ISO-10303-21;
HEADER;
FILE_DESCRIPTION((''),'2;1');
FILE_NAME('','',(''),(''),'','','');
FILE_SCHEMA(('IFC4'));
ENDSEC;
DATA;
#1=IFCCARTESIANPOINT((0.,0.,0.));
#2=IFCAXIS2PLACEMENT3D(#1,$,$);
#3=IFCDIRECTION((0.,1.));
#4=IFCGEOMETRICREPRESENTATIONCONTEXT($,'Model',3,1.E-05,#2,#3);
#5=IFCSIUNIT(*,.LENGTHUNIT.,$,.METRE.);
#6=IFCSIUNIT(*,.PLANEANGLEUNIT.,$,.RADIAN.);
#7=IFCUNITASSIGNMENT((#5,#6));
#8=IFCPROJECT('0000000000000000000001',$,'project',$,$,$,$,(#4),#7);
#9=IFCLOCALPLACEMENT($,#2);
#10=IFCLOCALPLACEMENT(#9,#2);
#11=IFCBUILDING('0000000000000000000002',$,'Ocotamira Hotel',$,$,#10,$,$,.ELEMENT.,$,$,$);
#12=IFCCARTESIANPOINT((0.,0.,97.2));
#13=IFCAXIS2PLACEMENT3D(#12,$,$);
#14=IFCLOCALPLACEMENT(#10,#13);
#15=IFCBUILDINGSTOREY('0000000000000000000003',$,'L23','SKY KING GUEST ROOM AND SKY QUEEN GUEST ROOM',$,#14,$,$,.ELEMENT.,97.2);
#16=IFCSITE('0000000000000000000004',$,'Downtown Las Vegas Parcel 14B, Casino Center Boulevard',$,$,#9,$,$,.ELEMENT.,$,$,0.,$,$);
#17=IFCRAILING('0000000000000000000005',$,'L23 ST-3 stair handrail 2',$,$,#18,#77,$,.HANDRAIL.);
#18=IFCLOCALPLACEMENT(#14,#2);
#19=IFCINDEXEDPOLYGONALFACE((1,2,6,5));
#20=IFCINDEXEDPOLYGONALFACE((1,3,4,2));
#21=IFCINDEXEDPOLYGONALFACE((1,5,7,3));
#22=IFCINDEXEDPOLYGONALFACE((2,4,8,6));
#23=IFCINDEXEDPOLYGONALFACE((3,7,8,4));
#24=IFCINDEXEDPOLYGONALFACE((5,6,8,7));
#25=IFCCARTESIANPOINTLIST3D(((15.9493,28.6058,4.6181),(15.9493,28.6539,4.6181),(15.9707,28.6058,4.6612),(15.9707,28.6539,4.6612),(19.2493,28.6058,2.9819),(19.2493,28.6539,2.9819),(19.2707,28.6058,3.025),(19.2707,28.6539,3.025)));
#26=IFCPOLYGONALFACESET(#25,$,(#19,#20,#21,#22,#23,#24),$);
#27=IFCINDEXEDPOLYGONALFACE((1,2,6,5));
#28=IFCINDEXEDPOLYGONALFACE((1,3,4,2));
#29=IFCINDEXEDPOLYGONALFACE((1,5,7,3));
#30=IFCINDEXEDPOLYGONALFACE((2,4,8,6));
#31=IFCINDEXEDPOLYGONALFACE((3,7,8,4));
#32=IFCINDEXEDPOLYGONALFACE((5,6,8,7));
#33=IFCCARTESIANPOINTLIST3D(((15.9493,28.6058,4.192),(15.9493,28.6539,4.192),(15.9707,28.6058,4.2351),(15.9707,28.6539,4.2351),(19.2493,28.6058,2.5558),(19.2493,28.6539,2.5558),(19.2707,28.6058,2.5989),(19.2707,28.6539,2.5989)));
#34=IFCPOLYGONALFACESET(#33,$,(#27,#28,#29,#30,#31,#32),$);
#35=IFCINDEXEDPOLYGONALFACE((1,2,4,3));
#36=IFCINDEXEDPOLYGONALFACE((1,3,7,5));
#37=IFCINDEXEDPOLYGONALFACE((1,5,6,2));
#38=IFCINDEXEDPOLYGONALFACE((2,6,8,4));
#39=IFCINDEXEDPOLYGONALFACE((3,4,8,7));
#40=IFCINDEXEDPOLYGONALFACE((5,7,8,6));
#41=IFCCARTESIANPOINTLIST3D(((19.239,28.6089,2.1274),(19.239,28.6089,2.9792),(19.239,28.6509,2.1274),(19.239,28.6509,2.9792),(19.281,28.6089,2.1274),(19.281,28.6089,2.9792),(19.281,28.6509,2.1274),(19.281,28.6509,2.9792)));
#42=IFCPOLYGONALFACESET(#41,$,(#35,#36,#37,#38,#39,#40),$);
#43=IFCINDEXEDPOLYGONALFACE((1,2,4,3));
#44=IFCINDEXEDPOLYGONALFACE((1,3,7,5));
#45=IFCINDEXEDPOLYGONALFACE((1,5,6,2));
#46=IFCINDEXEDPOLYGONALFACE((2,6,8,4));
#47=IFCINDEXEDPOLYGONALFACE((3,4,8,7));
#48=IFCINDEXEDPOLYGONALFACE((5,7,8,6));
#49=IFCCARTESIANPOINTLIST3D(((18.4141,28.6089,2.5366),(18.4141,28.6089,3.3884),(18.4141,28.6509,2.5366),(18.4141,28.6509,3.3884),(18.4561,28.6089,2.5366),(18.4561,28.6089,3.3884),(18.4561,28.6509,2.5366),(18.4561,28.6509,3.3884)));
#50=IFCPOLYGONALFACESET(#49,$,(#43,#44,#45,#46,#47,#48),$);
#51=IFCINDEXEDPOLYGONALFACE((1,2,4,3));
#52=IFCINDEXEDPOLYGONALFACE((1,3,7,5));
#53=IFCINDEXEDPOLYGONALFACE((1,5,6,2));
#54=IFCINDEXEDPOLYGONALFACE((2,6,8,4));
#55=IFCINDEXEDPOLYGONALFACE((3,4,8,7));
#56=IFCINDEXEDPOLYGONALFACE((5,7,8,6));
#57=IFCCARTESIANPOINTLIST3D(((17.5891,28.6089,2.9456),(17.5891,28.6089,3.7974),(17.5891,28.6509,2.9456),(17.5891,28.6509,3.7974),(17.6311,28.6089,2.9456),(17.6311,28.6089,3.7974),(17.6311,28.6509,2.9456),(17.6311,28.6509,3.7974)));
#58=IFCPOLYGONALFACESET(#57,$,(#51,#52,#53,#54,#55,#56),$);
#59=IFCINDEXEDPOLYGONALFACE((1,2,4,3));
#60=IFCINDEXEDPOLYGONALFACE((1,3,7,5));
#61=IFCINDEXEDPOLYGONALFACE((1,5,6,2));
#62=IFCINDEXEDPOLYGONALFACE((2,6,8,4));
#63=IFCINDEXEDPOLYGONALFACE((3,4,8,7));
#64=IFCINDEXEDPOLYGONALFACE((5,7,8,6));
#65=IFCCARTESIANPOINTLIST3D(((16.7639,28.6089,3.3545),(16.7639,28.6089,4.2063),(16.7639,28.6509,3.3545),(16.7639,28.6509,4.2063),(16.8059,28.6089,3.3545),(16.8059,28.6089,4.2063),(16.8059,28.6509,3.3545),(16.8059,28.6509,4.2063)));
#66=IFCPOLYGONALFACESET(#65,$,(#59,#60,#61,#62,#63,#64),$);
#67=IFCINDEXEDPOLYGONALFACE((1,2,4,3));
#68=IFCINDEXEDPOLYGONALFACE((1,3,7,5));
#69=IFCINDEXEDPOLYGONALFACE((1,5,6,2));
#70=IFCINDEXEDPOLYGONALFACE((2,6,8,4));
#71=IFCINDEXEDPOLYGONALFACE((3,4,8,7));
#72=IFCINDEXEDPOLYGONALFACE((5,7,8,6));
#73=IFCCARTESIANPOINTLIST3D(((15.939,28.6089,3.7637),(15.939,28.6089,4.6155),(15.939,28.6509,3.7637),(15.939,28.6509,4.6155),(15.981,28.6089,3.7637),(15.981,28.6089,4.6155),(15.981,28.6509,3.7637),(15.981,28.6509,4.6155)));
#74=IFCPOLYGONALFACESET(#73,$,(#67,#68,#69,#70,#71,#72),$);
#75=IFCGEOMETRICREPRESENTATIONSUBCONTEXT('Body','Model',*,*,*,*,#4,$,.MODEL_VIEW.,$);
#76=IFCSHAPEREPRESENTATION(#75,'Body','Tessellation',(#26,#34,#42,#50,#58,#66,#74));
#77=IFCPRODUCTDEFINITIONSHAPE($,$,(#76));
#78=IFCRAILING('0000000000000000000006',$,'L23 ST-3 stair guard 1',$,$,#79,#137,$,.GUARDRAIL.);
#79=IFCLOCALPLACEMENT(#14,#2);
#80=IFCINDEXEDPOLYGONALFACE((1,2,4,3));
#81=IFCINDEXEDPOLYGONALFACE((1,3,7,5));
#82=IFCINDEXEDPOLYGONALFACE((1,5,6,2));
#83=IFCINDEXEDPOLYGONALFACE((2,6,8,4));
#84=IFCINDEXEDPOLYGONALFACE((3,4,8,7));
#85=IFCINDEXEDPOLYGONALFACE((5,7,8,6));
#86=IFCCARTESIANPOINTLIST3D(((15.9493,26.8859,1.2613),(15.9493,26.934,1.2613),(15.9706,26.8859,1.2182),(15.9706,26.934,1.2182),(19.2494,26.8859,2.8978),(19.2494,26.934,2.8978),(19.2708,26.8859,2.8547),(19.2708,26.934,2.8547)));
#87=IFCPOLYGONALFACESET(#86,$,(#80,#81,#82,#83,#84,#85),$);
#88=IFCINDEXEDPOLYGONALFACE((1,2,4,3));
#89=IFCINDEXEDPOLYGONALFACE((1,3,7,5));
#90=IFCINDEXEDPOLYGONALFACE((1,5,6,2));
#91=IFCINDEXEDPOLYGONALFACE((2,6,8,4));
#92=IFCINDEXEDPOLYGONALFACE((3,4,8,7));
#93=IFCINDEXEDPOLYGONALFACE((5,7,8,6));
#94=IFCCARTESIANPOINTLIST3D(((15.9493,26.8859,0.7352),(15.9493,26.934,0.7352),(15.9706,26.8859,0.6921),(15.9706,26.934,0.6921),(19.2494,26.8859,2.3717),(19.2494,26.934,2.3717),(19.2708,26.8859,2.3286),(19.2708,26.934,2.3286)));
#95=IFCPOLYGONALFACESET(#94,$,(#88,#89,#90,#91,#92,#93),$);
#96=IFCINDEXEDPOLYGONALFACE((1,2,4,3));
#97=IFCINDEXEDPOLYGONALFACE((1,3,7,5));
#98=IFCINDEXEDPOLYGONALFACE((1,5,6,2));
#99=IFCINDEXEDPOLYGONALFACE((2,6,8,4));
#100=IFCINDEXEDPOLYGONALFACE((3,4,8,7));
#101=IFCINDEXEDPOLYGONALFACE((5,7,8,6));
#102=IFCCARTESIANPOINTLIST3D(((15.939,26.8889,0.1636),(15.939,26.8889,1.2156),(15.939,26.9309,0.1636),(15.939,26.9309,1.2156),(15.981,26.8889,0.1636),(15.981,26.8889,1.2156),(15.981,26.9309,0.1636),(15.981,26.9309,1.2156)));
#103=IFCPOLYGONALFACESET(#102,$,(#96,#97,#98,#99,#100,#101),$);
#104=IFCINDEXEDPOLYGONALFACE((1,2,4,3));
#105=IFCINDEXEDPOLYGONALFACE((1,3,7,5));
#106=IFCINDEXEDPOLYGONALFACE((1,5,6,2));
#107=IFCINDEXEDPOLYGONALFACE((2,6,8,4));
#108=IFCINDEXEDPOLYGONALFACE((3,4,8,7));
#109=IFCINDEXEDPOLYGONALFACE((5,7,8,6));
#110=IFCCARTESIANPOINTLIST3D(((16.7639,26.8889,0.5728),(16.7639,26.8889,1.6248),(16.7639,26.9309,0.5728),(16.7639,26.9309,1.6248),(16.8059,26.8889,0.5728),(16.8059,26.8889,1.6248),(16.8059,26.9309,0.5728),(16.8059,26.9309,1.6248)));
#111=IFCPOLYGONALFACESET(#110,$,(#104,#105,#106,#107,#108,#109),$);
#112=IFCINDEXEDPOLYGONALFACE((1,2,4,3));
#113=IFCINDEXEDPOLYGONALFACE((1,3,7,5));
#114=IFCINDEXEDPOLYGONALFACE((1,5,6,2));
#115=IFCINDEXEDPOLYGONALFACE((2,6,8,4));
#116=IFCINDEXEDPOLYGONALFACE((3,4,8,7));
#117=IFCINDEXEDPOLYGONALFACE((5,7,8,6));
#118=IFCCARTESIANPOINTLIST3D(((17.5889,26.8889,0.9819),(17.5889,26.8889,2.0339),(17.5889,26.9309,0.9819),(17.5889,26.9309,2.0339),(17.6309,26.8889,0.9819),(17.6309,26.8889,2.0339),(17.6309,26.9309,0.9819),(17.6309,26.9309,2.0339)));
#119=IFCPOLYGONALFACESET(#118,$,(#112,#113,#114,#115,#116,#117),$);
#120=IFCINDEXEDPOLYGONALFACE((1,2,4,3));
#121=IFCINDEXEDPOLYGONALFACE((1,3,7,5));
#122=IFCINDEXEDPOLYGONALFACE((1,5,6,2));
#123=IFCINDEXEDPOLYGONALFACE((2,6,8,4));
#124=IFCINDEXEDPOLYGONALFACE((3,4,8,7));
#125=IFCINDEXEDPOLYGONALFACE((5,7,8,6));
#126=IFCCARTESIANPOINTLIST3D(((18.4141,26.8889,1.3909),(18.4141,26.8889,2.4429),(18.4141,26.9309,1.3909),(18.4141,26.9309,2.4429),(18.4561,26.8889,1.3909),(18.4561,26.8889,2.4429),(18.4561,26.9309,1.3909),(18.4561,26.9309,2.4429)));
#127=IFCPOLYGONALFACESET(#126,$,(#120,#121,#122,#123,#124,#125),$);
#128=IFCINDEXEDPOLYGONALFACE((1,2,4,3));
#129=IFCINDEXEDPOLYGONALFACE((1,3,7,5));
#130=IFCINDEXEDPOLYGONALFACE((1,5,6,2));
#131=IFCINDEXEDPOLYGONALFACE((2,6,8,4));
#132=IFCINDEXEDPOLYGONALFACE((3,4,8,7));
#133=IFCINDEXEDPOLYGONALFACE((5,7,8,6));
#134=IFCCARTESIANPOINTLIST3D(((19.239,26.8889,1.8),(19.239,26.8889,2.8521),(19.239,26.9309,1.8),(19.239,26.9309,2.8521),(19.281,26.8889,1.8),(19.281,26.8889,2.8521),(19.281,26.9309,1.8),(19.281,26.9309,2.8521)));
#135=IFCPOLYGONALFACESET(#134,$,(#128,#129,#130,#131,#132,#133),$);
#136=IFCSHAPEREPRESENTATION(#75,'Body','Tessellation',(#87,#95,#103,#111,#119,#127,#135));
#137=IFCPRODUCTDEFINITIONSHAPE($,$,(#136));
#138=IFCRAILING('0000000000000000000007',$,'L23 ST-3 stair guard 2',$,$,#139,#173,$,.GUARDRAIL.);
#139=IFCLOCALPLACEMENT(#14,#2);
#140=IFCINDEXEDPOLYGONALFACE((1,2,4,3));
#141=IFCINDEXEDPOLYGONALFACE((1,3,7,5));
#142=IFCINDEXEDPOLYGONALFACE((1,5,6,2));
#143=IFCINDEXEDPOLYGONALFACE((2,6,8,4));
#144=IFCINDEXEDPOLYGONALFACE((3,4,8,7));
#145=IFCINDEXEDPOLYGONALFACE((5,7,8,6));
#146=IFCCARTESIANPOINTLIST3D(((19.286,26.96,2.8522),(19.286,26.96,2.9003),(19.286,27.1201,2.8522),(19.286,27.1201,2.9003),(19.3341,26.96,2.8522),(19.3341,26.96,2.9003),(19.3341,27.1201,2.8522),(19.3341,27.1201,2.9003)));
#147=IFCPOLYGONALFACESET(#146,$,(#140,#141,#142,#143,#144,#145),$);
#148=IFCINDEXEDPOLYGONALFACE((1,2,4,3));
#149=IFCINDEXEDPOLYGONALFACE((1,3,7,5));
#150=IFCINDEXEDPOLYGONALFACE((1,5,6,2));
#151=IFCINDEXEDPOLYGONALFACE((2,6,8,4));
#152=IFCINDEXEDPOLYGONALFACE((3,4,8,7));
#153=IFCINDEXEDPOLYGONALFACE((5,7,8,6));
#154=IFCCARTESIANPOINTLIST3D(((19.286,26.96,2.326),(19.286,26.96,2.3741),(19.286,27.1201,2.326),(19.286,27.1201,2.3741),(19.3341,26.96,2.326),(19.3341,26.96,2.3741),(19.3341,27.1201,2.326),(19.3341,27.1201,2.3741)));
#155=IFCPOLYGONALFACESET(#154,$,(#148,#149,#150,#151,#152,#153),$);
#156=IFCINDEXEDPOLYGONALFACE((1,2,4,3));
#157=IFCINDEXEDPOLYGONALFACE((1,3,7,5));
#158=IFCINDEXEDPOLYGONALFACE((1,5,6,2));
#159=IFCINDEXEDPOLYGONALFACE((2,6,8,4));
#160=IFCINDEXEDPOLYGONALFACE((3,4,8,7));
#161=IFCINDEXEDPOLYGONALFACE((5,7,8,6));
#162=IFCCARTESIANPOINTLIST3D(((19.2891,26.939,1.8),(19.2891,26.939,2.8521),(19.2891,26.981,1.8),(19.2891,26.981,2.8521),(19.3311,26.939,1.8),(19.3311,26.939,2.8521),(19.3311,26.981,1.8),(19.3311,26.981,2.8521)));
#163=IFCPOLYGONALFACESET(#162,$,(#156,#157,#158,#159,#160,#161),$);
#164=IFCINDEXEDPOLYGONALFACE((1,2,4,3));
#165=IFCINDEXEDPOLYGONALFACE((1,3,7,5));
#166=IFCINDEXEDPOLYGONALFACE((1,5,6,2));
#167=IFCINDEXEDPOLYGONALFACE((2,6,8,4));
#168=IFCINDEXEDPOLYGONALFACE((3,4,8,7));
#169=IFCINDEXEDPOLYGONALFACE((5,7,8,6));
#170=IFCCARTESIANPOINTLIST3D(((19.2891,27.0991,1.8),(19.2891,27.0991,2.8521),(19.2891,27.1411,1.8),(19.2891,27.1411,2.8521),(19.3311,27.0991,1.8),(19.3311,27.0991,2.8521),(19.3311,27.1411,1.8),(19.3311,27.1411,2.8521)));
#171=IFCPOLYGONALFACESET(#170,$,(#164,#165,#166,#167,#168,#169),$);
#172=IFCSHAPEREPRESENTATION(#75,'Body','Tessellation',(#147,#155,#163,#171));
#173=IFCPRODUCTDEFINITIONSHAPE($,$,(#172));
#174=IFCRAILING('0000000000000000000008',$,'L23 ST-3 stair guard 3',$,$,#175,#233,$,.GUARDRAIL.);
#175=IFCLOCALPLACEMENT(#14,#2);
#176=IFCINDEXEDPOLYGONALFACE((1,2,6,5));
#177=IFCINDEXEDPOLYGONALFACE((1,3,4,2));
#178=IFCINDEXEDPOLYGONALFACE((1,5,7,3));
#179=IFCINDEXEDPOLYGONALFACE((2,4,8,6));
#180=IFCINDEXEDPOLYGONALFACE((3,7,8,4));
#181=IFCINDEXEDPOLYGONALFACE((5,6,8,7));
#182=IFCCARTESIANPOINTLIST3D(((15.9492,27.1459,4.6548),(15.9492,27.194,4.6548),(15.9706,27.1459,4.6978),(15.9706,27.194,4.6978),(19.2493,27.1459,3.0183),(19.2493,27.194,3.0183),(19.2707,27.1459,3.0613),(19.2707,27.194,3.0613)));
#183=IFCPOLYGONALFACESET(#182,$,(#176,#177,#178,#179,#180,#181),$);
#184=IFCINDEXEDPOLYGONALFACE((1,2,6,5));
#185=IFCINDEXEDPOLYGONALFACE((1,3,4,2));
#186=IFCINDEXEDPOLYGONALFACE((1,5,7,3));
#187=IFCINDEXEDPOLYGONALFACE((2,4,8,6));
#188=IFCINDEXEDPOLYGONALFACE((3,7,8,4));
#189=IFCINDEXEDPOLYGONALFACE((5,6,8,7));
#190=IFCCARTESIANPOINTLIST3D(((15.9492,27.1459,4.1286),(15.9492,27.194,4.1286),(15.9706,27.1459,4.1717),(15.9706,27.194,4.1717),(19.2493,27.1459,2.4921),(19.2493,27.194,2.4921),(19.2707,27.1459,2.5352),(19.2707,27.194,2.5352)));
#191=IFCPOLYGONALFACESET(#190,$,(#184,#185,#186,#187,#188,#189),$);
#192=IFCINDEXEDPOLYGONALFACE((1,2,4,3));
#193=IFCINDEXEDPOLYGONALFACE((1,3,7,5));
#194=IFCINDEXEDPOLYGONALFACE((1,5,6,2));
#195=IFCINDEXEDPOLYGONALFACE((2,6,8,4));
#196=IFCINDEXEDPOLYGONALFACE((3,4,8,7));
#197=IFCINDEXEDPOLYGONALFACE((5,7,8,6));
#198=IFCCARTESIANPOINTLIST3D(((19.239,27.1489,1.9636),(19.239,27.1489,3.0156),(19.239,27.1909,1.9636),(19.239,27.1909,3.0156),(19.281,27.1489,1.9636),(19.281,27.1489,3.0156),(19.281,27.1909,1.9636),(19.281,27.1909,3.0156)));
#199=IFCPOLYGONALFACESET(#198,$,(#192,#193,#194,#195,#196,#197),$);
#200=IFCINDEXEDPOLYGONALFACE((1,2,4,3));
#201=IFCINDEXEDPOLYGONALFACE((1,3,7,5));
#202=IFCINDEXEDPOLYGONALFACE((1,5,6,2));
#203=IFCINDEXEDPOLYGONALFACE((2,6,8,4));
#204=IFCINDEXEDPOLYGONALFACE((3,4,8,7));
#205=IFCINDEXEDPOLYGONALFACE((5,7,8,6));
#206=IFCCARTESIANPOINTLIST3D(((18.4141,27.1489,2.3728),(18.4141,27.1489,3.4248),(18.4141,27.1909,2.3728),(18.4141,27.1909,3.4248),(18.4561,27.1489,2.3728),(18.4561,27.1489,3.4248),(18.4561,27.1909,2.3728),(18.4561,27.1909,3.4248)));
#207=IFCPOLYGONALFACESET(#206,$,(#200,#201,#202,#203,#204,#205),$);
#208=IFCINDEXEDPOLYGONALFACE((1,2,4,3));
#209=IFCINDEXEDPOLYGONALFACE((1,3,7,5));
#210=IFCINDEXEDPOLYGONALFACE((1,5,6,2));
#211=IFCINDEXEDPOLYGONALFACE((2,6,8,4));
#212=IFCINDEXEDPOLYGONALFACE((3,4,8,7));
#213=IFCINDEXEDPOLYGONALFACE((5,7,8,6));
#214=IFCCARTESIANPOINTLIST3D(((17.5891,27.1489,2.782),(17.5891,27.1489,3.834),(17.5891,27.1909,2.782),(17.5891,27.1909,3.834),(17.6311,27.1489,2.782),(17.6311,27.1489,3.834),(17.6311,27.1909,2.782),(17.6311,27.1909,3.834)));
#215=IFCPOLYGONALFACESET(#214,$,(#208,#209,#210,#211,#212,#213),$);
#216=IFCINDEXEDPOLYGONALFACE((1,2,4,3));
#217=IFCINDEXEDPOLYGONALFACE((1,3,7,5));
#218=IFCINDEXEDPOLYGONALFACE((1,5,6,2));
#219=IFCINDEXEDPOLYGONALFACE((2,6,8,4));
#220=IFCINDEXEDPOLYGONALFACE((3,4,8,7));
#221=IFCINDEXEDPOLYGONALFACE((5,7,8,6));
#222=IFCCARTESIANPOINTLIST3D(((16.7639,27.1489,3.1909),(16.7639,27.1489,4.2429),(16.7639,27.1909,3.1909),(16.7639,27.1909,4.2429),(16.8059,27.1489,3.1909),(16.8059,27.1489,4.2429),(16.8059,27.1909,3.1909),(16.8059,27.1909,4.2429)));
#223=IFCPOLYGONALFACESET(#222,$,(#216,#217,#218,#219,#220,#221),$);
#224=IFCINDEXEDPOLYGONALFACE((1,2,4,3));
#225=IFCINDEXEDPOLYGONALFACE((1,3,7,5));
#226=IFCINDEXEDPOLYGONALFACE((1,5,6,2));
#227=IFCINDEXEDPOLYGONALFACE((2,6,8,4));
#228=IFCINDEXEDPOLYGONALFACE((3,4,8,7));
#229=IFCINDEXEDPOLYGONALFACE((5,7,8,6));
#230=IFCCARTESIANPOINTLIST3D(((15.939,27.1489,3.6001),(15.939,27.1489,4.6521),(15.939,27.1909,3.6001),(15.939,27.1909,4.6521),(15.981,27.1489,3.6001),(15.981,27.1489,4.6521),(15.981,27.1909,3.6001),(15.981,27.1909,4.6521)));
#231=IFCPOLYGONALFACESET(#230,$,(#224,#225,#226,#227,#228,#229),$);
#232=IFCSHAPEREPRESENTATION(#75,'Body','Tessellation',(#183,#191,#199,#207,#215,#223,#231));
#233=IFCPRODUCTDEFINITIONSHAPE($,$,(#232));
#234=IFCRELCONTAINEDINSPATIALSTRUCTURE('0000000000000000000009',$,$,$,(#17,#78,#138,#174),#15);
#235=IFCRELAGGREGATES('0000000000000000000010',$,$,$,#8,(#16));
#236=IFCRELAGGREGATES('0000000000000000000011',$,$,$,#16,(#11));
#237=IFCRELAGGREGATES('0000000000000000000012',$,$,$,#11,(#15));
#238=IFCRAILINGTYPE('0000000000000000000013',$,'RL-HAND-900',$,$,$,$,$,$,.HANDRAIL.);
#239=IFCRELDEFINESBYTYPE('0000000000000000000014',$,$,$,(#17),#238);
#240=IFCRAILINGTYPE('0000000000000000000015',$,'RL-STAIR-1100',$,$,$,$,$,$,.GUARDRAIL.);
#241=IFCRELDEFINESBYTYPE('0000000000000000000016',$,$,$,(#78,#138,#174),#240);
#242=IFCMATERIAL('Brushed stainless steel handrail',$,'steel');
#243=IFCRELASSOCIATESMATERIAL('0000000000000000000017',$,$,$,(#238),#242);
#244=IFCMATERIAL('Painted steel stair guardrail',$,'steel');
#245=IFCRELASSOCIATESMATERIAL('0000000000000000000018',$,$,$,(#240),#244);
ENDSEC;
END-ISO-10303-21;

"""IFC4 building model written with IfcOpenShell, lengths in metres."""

from ifc_helpers import new_model, si_unit, direction, frame, origin, origin_2d, place, context, subcontext, project, spatial, rectangle, extrude, material, type_object, element, save


model = new_model("IFC4")

# Units and contexts
model_context = context("Model", 3, precision=1e-05, world=origin(), true_north=direction((0.0, 1.0)))
body_context = subcontext(model_context, "Body", "Model", "MODEL_VIEW")
ifc_project = project(units=[si_unit("LENGTHUNIT", "METRE"), si_unit("PLANEANGLEUNIT", "RADIAN")], contexts=[model_context])

# Site, building, storey
site_placement = place(None, origin())
site = spatial("IfcSite", under=ifc_project, at=site_placement, Name="Downtown Las Vegas Parcel 14B, Casino Center Boulevard", CompositionType="ELEMENT", RefElevation=0.0)
building_placement = place(site_placement, origin())
building = spatial("IfcBuilding", under=site, at=building_placement, Name="Ocotamira Hotel", CompositionType="ELEMENT")
storey_placement = place(building_placement, frame((0.0, 0.0, 97.2)))
storey = spatial("IfcBuildingStorey", under=building, at=storey_placement, Name="L23", Description="SKY KING GUEST ROOM AND SKY QUEEN GUEST ROOM", CompositionType="ELEMENT", Elevation=97.2)

# Railings
ifc_material_1 = material(Name="Brushed stainless steel handrail", Category="steel")
railing_type_1 = type_object("IfcRailingType", Name="RL-HAND-900", PredefinedType="HANDRAIL", material=ifc_material_1)
railing_1_placement = place(storey_placement, frame((19.26, 28.6299, 2.1274)))
element("IfcRailing", 1, at=railing_1_placement, inside=storey, type_object=railing_type_1, Name="L23 ST-3 stair handrail 2", PredefinedType="HANDRAIL", context=body_context, shape_type="SweptSolid", body=[
    extrude(rectangle(XDim=0.0481, YDim=0.0481, at=origin_2d()), frame((0.0, 0.0, 0.876), z_axis=(-0.89592, 0.0, 0.444215), x_axis=(0.0, -1.0, 0.0)), (0.0, 0.0, 1.0), 3.6833),
    extrude(rectangle(XDim=0.0481, YDim=0.0481, at=origin_2d()), frame((0.0, 0.0, 0.45), z_axis=(-0.89592, 0.0, 0.444215), x_axis=(0.0, -1.0, 0.0)), (0.0, 0.0, 1.0), 3.6833),
    extrude(rectangle(XDim=0.042, YDim=0.042, at=origin_2d()), origin(), (0.0, 0.0, 1.0), 0.8518),
    extrude(rectangle(XDim=0.042, YDim=0.042, at=origin_2d()), frame((-0.825, 0.0, 0.4092)), (0.0, 0.0, 1.0), 0.8518),
    extrude(rectangle(XDim=0.042, YDim=0.042, at=origin_2d()), frame((-1.6499, 0.0, 0.8181)), (0.0, 0.0, 1.0), 0.8518),
    extrude(rectangle(XDim=0.042, YDim=0.042, at=origin_2d()), frame((-2.4751, 0.0, 1.2271)), (0.0, 0.0, 1.0), 0.8518),
    extrude(rectangle(XDim=0.042, YDim=0.042, at=origin_2d()), frame((-3.3, 0.0, 1.6362)), (0.0, 0.0, 1.0), 0.8518),
])
ifc_material_2 = material(Name="Painted steel stair guardrail", Category="steel")
railing_type_2 = type_object("IfcRailingType", Name="RL-STAIR-1100", PredefinedType="GUARDRAIL", material=ifc_material_2)
railing_2_placement = place(storey_placement, frame((15.96, 26.9099, 0.1636)))
element("IfcRailing", 2, at=railing_2_placement, inside=storey, type_object=railing_type_2, Name="L23 ST-3 stair guard 1", PredefinedType="GUARDRAIL", context=body_context, shape_type="SweptSolid", body=[
    extrude(rectangle(XDim=0.0481, YDim=0.0481, at=origin_2d()), frame((0.0, 0.0, 1.0762), z_axis=(0.895894, 0.0, 0.444268), x_axis=(0.0, 1.0, 0.0)), (0.0, 0.0, 1.0), 3.6836),
    extrude(rectangle(XDim=0.0481, YDim=0.0481, at=origin_2d()), frame((0.0, 0.0, 0.55), z_axis=(0.895894, 0.0, 0.444268), x_axis=(0.0, 1.0, 0.0)), (0.0, 0.0, 1.0), 3.6836),
    extrude(rectangle(XDim=0.042, YDim=0.042, at=origin_2d()), origin(), (0.0, 0.0, 1.0), 1.052),
    extrude(rectangle(XDim=0.042, YDim=0.042, at=origin_2d()), frame((0.825, 0.0, 0.4092)), (0.0, 0.0, 1.0), 1.052),
    extrude(rectangle(XDim=0.042, YDim=0.042, at=origin_2d()), frame((1.6499, 0.0, 0.8184)), (0.0, 0.0, 1.0), 1.052),
    extrude(rectangle(XDim=0.042, YDim=0.042, at=origin_2d()), frame((2.4751, 0.0, 1.2273)), (0.0, 0.0, 1.0), 1.052),
    extrude(rectangle(XDim=0.042, YDim=0.042, at=origin_2d()), frame((3.3, 0.0, 1.6365)), (0.0, 0.0, 1.0), 1.052),
])
railing_3_placement = place(storey_placement, frame((19.3101, 26.96, 1.8)))
element("IfcRailing", 3, at=railing_3_placement, inside=storey, type_object=railing_type_2, Name="L23 ST-3 stair guard 2", PredefinedType="GUARDRAIL", context=body_context, shape_type="SweptSolid", body=[
    extrude(rectangle(XDim=0.0481, YDim=0.0481, at=origin_2d()), frame((0.0, 0.0, 1.0762), z_axis=(0.0, 1.0, 0.0), x_axis=(-1.0, 0.0, 0.0)), (0.0, 0.0, 1.0), 0.1602),
    extrude(rectangle(XDim=0.0481, YDim=0.0481, at=origin_2d()), frame((0.0, 0.0, 0.55), z_axis=(0.0, 1.0, 0.0), x_axis=(-1.0, 0.0, 0.0)), (0.0, 0.0, 1.0), 0.1602),
    extrude(rectangle(XDim=0.042, YDim=0.042, at=origin_2d()), origin(), (0.0, 0.0, 1.0), 1.052),
    extrude(rectangle(XDim=0.042, YDim=0.042, at=origin_2d()), frame((0.0, 0.1602, 0.0)), (0.0, 0.0, 1.0), 1.052),
])
railing_4_placement = place(storey_placement, frame((19.26, 27.1699, 1.9636)))
element("IfcRailing", 4, at=railing_4_placement, inside=storey, type_object=railing_type_2, Name="L23 ST-3 stair guard 3", PredefinedType="GUARDRAIL", context=body_context, shape_type="SweptSolid", body=[
    extrude(rectangle(XDim=0.0481, YDim=0.0481, at=origin_2d()), frame((0.0, 0.0, 1.0762), z_axis=(-0.895894, 0.0, 0.444268), x_axis=(0.0, -1.0, 0.0)), (0.0, 0.0, 1.0), 3.6836),
    extrude(rectangle(XDim=0.0481, YDim=0.0481, at=origin_2d()), frame((0.0, 0.0, 0.55), z_axis=(-0.895894, 0.0, 0.444268), x_axis=(0.0, -1.0, 0.0)), (0.0, 0.0, 1.0), 3.6836),
    extrude(rectangle(XDim=0.042, YDim=0.042, at=origin_2d()), origin(), (0.0, 0.0, 1.0), 1.052),
    extrude(rectangle(XDim=0.042, YDim=0.042, at=origin_2d()), frame((-0.825, 0.0, 0.4092)), (0.0, 0.0, 1.0), 1.052),
    extrude(rectangle(XDim=0.042, YDim=0.042, at=origin_2d()), frame((-1.6499, 0.0, 0.8184)), (0.0, 0.0, 1.0), 1.052),
    extrude(rectangle(XDim=0.042, YDim=0.042, at=origin_2d()), frame((-2.4751, 0.0, 1.2273)), (0.0, 0.0, 1.0), 1.052),
    extrude(rectangle(XDim=0.042, YDim=0.042, at=origin_2d()), frame((-3.3, 0.0, 1.6365)), (0.0, 0.0, 1.0), 1.052),
])

save(model, "model.ifc")
